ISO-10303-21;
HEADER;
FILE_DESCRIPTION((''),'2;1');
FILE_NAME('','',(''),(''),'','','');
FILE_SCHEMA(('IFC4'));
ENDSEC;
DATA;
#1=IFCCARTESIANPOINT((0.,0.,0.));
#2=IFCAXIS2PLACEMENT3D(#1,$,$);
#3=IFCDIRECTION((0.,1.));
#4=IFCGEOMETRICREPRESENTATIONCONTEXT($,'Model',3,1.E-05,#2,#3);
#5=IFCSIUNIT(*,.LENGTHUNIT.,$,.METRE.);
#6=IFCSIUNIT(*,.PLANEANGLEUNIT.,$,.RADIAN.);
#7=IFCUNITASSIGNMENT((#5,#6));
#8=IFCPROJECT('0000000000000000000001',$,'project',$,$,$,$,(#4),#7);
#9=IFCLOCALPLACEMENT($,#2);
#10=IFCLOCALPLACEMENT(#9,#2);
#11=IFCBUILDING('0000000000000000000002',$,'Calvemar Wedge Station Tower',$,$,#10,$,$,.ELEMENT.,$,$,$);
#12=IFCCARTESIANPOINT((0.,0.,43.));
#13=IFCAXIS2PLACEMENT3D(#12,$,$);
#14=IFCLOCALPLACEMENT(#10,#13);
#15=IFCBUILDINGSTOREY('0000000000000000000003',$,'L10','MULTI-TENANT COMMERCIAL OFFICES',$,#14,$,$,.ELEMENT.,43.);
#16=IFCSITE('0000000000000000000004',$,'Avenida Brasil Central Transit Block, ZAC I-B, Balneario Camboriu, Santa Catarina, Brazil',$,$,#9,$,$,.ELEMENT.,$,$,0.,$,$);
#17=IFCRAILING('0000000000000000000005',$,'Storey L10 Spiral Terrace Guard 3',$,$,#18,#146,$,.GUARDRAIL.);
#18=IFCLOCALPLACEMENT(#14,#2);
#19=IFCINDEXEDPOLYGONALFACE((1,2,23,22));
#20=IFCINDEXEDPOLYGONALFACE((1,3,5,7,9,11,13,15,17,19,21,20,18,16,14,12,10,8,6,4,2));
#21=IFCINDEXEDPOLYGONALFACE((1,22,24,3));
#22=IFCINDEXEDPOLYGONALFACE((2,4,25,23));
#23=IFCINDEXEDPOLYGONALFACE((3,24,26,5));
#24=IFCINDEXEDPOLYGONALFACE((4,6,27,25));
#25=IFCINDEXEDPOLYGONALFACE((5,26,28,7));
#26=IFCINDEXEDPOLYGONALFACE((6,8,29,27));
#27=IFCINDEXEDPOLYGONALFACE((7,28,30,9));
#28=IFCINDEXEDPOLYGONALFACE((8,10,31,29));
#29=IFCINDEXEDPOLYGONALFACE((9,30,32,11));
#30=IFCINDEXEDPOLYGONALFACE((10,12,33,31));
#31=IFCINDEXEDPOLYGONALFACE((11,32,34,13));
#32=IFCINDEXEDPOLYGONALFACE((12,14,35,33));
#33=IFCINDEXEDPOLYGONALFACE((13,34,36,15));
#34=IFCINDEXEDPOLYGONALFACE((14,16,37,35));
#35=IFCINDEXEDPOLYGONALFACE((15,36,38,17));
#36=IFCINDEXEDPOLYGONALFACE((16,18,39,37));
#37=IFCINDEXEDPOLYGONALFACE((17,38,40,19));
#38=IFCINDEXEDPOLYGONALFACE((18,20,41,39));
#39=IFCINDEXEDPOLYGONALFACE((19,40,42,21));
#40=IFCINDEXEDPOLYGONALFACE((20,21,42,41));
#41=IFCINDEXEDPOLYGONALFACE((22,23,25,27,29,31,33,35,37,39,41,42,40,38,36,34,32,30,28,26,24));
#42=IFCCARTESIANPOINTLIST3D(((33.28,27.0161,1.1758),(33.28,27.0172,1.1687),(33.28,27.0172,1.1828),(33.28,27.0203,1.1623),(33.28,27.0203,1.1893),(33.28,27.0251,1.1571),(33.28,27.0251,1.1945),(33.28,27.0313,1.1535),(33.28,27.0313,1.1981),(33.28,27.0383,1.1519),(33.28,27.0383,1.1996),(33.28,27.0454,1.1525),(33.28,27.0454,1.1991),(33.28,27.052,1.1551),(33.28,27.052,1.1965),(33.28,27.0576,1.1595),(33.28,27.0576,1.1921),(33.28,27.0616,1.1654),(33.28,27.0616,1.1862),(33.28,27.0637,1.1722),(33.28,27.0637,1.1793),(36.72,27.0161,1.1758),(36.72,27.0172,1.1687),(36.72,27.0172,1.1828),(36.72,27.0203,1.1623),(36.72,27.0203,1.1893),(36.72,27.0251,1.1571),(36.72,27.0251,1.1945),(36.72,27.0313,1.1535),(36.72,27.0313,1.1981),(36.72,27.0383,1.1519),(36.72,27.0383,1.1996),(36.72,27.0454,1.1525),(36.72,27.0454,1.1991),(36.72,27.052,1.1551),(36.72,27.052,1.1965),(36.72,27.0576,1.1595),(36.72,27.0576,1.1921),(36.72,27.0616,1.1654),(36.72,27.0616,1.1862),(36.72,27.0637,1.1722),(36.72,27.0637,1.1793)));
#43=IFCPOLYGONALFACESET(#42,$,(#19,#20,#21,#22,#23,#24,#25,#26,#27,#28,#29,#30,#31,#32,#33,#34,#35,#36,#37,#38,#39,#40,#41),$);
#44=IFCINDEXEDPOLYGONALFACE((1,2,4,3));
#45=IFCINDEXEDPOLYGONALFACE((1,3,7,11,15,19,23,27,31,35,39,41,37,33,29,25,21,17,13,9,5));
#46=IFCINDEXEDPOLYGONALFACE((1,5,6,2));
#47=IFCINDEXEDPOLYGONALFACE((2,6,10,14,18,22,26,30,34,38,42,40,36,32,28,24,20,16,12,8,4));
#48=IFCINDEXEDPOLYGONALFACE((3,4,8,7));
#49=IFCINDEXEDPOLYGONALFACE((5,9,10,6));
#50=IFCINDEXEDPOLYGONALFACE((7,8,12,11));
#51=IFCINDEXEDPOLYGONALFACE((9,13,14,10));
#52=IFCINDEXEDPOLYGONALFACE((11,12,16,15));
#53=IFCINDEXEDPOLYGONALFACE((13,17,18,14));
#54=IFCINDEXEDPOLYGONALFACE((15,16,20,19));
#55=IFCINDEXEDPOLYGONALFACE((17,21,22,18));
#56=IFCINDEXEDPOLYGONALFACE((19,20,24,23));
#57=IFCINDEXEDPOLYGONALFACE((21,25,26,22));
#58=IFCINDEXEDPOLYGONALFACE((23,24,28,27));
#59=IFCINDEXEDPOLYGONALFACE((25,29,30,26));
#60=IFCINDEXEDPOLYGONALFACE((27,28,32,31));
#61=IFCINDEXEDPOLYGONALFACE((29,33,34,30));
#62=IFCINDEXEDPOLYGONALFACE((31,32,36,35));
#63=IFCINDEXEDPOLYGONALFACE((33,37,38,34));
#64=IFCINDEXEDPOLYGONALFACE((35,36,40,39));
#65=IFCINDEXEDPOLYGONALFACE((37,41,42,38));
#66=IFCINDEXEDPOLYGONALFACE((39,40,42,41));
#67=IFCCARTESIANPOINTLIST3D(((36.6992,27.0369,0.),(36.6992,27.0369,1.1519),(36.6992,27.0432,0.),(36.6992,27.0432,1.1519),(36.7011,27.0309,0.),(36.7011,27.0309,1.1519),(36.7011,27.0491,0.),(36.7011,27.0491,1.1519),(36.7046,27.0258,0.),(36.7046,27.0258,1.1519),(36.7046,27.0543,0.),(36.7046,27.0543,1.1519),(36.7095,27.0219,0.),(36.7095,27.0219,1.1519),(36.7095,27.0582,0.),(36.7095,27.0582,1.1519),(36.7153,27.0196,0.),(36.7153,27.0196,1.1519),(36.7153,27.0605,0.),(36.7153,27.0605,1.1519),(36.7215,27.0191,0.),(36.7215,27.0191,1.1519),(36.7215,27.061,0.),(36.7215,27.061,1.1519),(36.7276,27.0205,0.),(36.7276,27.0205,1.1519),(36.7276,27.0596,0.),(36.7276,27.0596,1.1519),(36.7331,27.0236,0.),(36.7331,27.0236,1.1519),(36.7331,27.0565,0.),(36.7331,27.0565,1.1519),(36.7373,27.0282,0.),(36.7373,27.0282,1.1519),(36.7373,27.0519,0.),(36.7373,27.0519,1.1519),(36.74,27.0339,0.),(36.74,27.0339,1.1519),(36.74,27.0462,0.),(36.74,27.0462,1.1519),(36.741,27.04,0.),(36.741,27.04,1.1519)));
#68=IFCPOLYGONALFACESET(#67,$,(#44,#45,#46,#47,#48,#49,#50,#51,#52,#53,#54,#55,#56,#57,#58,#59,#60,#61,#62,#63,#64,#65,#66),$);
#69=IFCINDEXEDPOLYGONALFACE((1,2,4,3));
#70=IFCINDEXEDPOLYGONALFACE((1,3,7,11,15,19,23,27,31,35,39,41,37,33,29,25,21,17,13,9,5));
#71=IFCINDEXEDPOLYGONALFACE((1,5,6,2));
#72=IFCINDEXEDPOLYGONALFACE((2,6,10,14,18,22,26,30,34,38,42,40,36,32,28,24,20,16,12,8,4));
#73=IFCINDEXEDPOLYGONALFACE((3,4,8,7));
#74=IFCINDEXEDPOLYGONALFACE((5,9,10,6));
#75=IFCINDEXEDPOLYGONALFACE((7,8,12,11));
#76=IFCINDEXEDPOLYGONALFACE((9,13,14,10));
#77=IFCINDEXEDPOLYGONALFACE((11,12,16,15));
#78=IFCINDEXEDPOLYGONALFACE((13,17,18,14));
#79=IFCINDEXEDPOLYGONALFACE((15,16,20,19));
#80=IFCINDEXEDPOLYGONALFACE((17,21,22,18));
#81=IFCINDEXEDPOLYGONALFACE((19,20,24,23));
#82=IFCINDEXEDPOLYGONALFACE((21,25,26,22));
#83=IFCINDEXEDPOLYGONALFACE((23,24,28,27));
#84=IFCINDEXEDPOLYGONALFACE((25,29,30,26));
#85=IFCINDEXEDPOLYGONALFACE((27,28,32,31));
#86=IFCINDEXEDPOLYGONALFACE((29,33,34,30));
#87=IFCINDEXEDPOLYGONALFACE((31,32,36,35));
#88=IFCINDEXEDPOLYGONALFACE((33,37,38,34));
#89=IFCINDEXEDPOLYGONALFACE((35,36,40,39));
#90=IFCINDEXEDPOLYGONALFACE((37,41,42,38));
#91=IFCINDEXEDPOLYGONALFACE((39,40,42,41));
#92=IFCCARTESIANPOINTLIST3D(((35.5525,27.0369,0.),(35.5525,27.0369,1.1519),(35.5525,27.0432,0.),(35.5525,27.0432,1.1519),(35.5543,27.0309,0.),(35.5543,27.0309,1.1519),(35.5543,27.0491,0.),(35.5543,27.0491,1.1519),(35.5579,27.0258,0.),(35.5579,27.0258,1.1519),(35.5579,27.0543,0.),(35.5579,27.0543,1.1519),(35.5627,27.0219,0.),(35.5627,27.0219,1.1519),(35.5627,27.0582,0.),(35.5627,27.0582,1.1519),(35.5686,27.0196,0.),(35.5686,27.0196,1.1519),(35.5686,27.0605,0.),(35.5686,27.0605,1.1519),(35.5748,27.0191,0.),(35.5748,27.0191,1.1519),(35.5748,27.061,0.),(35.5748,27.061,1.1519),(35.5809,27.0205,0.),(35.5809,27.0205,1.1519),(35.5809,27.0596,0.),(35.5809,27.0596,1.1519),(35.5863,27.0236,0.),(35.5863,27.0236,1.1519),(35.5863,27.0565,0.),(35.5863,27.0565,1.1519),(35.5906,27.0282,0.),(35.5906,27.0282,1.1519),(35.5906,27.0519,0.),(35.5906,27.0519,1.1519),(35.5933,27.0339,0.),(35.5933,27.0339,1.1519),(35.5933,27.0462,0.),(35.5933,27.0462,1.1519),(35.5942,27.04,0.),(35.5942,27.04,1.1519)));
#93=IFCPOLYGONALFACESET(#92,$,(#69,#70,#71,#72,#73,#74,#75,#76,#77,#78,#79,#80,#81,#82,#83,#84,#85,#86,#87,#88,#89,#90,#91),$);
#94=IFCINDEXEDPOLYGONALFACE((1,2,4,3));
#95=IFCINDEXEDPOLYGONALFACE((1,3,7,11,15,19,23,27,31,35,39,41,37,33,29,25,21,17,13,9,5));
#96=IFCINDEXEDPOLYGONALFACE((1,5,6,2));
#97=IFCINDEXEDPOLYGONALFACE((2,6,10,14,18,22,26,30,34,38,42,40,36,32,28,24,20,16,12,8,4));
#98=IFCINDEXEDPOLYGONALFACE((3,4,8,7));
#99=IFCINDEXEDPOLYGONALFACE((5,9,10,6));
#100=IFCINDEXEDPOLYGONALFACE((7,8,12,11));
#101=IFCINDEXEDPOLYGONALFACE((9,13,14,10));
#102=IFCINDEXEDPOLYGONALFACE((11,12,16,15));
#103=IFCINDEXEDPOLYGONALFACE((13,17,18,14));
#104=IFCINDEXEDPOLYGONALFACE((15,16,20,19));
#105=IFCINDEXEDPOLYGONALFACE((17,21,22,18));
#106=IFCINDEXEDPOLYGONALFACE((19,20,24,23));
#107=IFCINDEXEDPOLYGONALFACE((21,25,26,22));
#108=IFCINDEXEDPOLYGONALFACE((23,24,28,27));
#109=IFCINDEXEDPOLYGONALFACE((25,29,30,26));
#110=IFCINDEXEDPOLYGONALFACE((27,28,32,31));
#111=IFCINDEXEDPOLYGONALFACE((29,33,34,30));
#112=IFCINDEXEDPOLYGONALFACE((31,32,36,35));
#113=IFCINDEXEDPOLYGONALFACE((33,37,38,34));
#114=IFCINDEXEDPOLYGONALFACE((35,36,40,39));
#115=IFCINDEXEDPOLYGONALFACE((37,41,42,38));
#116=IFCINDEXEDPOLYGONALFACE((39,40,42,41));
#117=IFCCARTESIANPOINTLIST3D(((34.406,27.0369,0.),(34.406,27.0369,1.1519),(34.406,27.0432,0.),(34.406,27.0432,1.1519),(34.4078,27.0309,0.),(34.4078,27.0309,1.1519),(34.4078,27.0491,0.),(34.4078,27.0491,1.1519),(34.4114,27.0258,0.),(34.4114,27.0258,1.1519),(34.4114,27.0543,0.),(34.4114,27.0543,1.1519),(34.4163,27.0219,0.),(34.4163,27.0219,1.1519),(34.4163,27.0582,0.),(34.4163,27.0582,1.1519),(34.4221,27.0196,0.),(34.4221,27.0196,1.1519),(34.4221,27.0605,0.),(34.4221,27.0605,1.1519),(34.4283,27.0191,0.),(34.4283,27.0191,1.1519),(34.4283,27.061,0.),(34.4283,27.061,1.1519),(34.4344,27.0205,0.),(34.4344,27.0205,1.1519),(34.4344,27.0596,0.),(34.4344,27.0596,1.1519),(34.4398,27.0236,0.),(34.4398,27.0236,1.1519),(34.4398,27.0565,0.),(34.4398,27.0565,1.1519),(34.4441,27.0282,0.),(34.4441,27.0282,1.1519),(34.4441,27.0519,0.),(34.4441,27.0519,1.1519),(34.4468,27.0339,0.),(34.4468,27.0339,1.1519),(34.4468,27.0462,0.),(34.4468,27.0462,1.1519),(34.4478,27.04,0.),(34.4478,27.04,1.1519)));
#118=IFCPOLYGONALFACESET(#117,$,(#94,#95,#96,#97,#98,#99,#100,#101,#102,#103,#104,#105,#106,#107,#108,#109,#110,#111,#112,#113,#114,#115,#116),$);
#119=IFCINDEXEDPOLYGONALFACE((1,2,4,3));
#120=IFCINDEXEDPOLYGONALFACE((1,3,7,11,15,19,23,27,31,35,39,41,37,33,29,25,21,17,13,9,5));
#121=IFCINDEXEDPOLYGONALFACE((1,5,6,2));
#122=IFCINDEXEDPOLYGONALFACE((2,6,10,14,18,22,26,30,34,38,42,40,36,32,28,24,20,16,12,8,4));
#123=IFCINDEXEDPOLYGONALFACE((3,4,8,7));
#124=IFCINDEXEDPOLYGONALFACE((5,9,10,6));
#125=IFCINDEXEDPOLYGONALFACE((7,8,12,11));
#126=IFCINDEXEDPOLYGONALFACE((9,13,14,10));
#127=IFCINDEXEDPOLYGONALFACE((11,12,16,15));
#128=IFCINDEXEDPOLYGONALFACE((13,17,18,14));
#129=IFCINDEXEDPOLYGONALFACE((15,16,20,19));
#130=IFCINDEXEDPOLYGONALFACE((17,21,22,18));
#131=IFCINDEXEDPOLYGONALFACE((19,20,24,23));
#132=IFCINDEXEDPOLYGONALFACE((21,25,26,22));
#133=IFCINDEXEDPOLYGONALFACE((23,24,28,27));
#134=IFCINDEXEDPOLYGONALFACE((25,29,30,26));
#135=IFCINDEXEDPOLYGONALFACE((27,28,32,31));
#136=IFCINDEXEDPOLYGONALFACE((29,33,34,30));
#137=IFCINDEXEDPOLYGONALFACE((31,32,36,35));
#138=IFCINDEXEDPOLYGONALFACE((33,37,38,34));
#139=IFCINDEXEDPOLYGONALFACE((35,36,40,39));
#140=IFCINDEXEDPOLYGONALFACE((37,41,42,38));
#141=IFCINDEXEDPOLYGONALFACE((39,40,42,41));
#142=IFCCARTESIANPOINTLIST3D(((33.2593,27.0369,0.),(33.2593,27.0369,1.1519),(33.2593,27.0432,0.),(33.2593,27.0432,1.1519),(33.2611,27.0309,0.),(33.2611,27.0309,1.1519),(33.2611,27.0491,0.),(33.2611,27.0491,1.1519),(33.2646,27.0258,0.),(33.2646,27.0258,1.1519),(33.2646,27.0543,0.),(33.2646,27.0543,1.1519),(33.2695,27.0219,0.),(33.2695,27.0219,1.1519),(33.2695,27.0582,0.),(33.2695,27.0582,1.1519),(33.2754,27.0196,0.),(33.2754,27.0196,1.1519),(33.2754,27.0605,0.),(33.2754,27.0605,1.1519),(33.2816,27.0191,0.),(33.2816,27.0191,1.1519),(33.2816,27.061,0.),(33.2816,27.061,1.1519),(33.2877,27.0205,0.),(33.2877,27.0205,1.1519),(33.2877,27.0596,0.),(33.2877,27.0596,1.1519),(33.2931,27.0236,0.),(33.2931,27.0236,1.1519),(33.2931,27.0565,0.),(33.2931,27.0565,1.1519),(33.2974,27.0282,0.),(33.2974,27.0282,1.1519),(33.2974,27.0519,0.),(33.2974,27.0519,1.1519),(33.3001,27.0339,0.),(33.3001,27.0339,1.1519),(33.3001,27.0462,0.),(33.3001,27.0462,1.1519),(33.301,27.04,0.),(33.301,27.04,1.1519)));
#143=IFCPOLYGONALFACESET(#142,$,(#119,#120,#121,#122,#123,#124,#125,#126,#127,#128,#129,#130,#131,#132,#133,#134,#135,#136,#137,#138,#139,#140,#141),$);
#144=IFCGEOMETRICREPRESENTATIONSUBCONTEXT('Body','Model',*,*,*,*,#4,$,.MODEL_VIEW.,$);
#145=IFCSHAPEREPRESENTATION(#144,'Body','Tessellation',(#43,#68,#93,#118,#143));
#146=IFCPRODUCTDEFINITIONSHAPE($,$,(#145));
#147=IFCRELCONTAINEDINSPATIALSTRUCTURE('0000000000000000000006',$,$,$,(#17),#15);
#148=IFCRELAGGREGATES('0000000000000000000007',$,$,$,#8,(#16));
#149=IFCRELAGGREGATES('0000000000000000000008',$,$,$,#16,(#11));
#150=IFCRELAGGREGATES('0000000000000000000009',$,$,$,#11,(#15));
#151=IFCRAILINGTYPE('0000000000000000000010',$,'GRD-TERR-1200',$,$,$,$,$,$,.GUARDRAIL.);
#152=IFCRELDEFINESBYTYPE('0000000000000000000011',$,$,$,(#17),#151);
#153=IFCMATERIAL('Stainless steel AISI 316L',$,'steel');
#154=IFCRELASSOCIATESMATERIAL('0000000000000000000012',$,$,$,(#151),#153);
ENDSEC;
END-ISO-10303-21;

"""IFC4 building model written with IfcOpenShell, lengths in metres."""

from ifc_helpers import new_model, si_unit, direction, frame, origin, origin_2d, place, context, subcontext, project, spatial, circle, extrude, material, type_object, element, save


model = new_model("IFC4")

# Units and contexts
model_context = context("Model", 3, precision=1e-05, world=origin(), true_north=direction((0.0, 1.0)))
body_context = subcontext(model_context, "Body", "Model", "MODEL_VIEW")
ifc_project = project(units=[si_unit("LENGTHUNIT", "METRE"), si_unit("PLANEANGLEUNIT", "RADIAN")], contexts=[model_context])

# Site, building, storey
site_placement = place(None, origin())
site = spatial("IfcSite", under=ifc_project, at=site_placement, Name="Avenida Brasil Central Transit Block, ZAC I-B, Balneario Camboriu, Santa Catarina, Brazil", CompositionType="ELEMENT", RefElevation=0.0)
building_placement = place(site_placement, origin())
building = spatial("IfcBuilding", under=site, at=building_placement, Name="Calvemar Wedge Station Tower", CompositionType="ELEMENT")
storey_placement = place(building_placement, frame((0.0, 0.0, 43.0)))
storey = spatial("IfcBuildingStorey", under=building, at=storey_placement, Name="L10", Description="MULTI-TENANT COMMERCIAL OFFICES", CompositionType="ELEMENT", Elevation=43.0)

# Railing
ifc_material_1 = material(Name="Stainless steel AISI 316L", Category="steel")
railing_type = type_object("IfcRailingType", Name="GRD-TERR-1200", PredefinedType="GUARDRAIL", material=ifc_material_1)
railing_1_placement = place(storey_placement, frame((36.72, 27.04, 0.0)))
element("IfcRailing", 1, at=railing_1_placement, inside=storey, type_object=railing_type, Name="Storey L10 Spiral Terrace Guard 3", PredefinedType="GUARDRAIL", context=body_context, shape_type="SweptSolid", body=[
    extrude(circle(Radius=0.0239, at=origin_2d()), frame((0.0, 0.0, 1.1758), z_axis=(-1.0, 0.0, 0.0), x_axis=(0.0, -1.0, 0.0)), (0.0, 0.0, 1.0), 3.4399),
    extrude(circle(Radius=0.021, at=origin_2d()), origin(), (0.0, 0.0, 1.0), 1.1519),
    extrude(circle(Radius=0.021, at=origin_2d()), frame((-1.1467, 0.0, 0.0)), (0.0, 0.0, 1.0), 1.1519),
    extrude(circle(Radius=0.021, at=origin_2d()), frame((-2.2932, 0.0, 0.0)), (0.0, 0.0, 1.0), 1.1519),
    extrude(circle(Radius=0.021, at=origin_2d()), frame((-3.4399, 0.0, 0.0)), (0.0, 0.0, 1.0), 1.1519),
])

save(model, "model.ifc")
